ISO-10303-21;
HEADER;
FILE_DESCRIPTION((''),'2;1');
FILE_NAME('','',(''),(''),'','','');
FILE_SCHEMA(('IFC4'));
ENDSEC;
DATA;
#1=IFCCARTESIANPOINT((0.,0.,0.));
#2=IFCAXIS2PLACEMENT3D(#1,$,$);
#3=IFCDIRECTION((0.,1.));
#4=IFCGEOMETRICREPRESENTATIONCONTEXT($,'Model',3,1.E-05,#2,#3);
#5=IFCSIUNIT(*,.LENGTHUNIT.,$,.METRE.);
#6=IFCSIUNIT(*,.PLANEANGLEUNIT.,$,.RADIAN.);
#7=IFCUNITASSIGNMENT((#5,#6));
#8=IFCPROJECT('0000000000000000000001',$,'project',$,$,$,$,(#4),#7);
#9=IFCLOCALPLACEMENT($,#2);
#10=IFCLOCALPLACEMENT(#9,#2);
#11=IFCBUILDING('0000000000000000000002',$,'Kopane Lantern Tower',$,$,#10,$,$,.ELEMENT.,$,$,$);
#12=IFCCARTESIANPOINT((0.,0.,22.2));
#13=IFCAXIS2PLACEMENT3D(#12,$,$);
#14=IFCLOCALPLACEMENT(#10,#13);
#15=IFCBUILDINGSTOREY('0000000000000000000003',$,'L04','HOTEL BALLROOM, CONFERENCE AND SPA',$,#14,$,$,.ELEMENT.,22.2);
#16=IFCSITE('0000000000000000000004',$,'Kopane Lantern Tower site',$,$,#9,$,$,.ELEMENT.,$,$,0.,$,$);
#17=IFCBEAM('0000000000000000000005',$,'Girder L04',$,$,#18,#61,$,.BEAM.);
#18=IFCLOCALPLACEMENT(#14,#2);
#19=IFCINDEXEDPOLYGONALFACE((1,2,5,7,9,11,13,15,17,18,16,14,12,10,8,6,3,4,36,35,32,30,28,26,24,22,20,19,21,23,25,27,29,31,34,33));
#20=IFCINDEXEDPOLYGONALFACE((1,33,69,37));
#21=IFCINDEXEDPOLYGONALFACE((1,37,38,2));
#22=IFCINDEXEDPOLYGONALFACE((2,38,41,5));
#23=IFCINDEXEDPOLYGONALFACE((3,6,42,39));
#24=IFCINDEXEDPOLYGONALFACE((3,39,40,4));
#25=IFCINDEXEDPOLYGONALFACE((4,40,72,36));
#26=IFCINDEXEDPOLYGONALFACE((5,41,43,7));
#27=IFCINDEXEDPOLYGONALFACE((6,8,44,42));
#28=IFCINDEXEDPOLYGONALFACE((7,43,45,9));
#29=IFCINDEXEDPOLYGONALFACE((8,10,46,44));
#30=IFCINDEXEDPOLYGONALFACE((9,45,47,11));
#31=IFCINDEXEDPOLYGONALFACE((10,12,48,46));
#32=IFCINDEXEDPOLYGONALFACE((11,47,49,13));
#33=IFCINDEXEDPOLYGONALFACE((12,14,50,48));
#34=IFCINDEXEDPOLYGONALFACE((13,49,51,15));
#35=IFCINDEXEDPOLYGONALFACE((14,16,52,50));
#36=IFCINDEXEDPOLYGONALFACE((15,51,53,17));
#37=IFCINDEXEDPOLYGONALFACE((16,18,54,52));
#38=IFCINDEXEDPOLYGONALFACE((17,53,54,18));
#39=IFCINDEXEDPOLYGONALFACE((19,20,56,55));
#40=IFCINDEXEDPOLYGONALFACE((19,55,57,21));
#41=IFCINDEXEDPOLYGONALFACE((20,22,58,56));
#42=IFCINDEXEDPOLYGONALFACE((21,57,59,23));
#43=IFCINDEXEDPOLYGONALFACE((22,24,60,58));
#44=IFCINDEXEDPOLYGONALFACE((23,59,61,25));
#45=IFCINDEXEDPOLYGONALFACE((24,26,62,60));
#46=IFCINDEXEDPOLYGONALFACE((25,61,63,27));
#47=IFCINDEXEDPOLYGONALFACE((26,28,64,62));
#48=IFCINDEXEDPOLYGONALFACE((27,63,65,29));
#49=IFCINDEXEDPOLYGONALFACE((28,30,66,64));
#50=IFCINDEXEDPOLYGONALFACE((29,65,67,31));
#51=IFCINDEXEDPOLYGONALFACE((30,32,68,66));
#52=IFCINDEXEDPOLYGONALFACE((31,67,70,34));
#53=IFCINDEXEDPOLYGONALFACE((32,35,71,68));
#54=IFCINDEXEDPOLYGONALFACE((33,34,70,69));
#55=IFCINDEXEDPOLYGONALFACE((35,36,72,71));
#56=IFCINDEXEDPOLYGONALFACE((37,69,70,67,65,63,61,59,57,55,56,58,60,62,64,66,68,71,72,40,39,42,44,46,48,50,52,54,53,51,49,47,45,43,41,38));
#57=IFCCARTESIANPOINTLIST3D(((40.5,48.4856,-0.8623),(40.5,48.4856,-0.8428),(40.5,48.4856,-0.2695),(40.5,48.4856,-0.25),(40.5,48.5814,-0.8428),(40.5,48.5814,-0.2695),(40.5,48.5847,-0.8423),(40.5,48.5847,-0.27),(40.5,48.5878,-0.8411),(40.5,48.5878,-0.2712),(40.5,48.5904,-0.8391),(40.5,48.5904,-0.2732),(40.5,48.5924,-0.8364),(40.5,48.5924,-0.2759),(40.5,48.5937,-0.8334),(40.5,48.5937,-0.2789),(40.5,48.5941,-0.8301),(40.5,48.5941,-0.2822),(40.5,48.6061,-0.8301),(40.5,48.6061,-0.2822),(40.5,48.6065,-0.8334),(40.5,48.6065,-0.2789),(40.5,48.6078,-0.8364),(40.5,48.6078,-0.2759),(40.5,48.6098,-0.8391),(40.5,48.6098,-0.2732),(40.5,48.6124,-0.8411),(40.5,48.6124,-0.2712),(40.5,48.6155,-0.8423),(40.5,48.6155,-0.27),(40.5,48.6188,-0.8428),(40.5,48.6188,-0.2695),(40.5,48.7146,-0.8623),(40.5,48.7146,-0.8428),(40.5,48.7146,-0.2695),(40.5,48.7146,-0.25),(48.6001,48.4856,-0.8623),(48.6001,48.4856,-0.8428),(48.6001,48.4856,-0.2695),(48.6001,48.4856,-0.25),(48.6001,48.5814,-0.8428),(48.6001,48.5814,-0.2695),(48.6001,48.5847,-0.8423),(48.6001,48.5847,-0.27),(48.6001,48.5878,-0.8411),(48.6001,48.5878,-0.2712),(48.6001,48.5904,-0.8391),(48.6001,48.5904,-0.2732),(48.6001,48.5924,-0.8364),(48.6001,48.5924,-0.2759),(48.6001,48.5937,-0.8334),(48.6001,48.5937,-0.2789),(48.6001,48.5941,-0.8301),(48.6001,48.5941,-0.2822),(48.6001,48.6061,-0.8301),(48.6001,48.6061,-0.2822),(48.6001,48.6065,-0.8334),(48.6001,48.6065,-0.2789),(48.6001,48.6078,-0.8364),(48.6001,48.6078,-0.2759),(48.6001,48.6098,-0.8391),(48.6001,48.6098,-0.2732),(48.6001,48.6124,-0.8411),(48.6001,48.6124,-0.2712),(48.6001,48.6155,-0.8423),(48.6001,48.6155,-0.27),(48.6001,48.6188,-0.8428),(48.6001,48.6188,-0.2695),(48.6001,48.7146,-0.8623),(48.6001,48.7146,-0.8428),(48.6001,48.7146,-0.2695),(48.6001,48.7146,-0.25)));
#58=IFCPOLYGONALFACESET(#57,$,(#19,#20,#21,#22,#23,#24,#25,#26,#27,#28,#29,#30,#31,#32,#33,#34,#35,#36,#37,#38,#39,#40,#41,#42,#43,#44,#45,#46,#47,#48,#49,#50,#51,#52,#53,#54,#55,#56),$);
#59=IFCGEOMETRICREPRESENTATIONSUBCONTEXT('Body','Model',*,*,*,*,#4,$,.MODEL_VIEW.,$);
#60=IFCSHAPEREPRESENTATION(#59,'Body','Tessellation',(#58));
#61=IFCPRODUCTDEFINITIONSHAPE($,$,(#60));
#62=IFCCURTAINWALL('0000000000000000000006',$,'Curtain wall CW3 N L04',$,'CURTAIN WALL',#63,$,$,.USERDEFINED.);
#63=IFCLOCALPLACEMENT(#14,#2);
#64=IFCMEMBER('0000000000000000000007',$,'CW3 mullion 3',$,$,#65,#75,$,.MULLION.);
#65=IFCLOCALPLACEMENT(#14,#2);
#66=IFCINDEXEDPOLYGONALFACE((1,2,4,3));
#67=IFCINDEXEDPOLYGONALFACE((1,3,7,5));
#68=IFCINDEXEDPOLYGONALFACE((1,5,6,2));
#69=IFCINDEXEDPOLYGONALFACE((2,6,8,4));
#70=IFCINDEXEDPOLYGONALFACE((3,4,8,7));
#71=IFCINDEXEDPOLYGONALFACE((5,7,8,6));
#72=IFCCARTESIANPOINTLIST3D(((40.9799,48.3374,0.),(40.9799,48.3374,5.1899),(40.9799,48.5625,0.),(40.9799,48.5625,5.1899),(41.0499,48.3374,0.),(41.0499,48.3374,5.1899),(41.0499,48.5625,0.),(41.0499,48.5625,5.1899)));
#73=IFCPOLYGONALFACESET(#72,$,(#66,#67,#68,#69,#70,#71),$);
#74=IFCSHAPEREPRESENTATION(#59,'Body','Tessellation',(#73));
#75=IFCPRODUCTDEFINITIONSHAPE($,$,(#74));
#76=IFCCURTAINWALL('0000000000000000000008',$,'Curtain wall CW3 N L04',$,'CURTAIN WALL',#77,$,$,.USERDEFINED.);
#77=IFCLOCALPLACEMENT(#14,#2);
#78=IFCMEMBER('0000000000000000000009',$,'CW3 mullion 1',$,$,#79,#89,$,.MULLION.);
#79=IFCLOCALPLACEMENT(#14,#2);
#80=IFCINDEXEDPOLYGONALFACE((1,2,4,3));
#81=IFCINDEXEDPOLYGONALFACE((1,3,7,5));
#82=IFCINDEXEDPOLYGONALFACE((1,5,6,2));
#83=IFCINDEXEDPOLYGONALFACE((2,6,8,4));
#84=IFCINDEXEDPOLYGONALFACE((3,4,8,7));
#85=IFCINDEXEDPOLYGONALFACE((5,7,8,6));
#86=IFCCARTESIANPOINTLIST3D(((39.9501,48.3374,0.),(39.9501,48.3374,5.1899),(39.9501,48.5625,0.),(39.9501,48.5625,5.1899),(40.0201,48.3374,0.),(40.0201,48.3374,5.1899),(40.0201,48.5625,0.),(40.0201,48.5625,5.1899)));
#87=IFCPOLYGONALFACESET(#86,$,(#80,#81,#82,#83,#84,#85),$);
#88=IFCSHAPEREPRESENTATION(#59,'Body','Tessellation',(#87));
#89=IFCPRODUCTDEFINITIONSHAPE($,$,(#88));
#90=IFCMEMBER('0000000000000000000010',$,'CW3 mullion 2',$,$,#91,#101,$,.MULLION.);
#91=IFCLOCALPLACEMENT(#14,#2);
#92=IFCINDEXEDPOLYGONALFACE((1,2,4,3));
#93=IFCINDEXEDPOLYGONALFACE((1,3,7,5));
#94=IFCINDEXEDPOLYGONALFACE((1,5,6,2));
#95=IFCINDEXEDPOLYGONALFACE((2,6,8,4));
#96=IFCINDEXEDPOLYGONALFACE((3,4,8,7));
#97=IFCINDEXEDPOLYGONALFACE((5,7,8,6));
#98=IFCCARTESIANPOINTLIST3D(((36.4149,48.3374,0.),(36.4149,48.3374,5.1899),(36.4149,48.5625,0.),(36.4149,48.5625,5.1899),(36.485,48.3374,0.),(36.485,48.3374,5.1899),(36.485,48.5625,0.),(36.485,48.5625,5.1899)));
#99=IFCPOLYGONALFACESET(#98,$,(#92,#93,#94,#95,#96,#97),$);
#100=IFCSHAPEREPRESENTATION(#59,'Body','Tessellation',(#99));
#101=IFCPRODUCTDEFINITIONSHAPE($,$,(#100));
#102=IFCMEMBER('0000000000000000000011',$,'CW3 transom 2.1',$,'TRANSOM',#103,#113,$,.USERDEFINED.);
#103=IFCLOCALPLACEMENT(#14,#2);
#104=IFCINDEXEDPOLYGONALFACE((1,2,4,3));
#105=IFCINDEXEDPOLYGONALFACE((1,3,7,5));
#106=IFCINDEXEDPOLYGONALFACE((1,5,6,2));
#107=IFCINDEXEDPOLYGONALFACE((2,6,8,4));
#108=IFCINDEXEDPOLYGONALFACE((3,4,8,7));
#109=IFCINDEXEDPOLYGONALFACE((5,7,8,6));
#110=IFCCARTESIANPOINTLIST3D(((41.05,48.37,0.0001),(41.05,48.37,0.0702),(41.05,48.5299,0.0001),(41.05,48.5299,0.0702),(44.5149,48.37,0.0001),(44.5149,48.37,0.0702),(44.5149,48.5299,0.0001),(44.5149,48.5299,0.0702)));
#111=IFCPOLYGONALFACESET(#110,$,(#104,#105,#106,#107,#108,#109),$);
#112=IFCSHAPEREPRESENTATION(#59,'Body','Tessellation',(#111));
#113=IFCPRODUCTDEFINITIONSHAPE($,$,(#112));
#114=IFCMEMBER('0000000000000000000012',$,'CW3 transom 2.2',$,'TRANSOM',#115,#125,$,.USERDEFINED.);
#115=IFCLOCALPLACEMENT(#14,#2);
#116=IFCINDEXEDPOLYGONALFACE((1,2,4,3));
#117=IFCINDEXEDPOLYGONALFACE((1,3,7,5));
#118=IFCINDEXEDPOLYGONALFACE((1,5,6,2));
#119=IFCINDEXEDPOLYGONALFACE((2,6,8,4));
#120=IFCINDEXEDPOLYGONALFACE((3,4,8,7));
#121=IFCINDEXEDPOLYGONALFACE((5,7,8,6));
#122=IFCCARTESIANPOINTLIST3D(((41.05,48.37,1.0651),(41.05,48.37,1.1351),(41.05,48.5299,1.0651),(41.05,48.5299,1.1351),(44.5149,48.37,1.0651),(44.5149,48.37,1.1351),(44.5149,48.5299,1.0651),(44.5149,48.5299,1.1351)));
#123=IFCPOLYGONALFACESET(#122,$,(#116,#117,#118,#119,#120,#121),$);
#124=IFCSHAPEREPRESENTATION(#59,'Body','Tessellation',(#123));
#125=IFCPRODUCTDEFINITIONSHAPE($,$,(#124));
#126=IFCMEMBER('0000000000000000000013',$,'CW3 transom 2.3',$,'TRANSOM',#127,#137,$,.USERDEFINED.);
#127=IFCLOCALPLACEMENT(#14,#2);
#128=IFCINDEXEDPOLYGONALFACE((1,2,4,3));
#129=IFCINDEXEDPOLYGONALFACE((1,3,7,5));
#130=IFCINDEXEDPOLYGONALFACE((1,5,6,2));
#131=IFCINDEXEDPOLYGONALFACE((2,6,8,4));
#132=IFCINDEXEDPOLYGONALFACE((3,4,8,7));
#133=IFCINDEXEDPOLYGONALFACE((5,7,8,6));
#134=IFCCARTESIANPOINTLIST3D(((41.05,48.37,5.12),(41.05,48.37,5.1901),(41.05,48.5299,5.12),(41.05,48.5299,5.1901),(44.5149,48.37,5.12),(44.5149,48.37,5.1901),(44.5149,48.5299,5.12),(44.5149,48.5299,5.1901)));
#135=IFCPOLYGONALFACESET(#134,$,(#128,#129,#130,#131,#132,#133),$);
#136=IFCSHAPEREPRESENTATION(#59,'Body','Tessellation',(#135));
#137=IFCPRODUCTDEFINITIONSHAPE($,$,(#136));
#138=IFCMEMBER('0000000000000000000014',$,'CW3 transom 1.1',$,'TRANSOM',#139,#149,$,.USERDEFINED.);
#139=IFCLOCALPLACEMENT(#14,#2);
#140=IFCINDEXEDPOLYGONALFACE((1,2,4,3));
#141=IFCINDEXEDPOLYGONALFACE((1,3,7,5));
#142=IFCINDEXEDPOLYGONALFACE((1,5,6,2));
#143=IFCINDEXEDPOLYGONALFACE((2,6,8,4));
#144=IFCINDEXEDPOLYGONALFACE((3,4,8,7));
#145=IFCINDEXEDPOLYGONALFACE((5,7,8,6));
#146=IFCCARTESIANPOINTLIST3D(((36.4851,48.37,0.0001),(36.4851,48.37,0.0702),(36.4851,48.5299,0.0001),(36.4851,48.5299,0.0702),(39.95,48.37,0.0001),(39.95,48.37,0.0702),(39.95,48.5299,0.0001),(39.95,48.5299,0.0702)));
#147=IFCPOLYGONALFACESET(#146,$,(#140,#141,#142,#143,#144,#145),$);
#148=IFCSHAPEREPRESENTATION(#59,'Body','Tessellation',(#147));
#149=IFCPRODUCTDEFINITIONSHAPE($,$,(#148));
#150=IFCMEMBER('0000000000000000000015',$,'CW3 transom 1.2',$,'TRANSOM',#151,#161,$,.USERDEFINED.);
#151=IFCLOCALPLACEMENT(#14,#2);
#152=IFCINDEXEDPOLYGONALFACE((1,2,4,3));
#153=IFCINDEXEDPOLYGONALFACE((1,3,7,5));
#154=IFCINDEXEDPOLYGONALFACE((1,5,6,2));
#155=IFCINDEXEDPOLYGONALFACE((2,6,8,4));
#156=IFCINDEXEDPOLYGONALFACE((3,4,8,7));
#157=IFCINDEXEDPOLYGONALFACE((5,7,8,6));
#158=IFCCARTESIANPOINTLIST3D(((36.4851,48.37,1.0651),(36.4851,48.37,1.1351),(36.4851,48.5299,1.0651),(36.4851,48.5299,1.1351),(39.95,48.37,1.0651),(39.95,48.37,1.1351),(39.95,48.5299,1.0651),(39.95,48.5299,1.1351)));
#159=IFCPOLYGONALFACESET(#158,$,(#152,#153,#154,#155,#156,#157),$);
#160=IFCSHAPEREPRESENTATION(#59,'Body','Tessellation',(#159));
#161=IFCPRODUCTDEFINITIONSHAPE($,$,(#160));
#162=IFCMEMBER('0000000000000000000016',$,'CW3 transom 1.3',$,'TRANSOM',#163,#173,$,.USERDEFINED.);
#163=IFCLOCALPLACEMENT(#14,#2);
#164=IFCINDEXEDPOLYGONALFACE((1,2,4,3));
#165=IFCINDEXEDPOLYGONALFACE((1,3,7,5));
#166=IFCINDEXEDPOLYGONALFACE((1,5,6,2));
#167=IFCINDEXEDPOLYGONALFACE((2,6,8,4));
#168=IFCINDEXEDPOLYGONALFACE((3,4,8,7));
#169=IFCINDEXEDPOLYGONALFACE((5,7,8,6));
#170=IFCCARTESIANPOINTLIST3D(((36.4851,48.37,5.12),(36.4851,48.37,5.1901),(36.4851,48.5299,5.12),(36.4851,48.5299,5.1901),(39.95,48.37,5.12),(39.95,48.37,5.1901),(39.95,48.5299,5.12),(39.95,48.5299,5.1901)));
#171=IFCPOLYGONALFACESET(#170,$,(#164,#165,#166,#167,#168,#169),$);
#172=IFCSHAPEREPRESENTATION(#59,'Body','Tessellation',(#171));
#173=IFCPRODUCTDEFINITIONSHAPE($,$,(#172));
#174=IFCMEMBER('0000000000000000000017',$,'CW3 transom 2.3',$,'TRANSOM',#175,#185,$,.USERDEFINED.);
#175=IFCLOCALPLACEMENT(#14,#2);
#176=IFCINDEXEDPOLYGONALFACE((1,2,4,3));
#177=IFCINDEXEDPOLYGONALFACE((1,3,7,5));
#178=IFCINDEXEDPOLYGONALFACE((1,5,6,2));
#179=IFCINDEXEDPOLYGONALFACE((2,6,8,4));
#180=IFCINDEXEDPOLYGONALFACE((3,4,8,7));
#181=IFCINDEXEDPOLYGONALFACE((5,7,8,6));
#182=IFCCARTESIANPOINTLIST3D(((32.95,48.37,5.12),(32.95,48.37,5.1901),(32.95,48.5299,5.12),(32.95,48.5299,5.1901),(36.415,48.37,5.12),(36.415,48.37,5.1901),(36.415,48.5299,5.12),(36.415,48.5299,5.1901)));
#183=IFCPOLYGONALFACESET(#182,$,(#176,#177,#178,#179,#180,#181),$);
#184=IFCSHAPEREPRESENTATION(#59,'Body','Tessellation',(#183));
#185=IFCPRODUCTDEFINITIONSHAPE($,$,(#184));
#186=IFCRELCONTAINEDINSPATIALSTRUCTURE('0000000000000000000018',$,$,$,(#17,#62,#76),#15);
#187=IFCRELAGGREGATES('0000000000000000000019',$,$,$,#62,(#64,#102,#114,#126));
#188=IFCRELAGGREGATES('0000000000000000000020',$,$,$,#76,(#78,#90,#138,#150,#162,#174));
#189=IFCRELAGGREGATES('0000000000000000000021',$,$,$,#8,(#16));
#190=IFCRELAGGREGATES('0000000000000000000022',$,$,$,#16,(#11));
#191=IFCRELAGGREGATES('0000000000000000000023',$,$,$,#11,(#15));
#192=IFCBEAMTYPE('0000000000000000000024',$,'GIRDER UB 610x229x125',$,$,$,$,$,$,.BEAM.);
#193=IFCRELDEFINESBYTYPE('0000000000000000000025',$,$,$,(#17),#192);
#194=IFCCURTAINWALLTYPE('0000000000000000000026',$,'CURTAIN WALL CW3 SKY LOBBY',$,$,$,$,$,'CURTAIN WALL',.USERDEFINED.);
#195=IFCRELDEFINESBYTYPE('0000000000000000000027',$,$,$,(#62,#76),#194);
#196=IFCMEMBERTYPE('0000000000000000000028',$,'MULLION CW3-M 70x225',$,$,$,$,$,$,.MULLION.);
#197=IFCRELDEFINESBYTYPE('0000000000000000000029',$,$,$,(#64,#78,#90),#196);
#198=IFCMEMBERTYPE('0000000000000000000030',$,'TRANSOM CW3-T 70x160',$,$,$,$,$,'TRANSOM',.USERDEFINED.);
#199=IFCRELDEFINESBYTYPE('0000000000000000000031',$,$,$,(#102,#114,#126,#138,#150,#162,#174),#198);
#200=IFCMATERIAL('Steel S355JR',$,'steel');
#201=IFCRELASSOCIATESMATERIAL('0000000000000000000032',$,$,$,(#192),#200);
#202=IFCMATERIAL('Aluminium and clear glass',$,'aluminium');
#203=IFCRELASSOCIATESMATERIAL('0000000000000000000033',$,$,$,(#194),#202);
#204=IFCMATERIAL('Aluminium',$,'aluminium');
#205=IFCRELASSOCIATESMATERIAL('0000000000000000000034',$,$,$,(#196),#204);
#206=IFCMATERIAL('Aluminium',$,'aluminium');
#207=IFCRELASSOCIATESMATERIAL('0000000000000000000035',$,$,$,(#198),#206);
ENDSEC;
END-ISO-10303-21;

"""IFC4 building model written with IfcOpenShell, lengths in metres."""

from ifc_helpers import new_model, si_unit, direction, frame, origin, origin_2d, place, context, subcontext, project, spatial, rectangle, i_section, extrude, material, material_profile, profile_set, type_object, element, aggregate, save


model = new_model("IFC4")

# Units and contexts
model_context = context("Model", 3, precision=1e-05, world=origin(), true_north=direction((0.0, 1.0)))
body_context = subcontext(model_context, "Body", "Model", "MODEL_VIEW")
ifc_project = project(units=[si_unit("LENGTHUNIT", "METRE"), si_unit("PLANEANGLEUNIT", "RADIAN")], contexts=[model_context])

# Site, building, storey
site_placement = place(None, origin())
site = spatial("IfcSite", under=ifc_project, at=site_placement, Name="Kopane Lantern Tower site", CompositionType="ELEMENT", RefElevation=0.0)
building_placement = place(site_placement, origin())
building = spatial("IfcBuilding", under=site, at=building_placement, Name="Kopane Lantern Tower", CompositionType="ELEMENT")
storey_placement = place(building_placement, frame((0.0, 0.0, 22.2)))
storey = spatial("IfcBuildingStorey", under=building, at=storey_placement, Name="L04", Description="HOTEL BALLROOM, CONFERENCE AND SPA", CompositionType="ELEMENT", Elevation=22.2)

# Beam
ifc_material_1 = material(Name="Steel S355JR", Category="steel")
ifc_material_profile_1 = material_profile(ifc_material_1, i_section(OverallWidth=0.229, OverallDepth=0.6123, WebThickness=0.012, FlangeThickness=0.0195, FilletRadius=0.0127, at=origin_2d()), Name="UB 610x229x125")
ifc_profile_set_1 = profile_set([ifc_material_profile_1], Name="Steel S355JR")
beam_type = type_object("IfcBeamType", Name="GIRDER UB 610x229x125", PredefinedType="BEAM", material=ifc_profile_set_1)
for number, where, z_axis, x_axis, name in (
    (1, (40.5, 48.6001, -0.5562), (1.0, 0.0, 0.0), (0.0, 1.0, 0.0), "Girder L04"),
):
    element("IfcBeam", number, at=place(storey_placement, frame(where, z_axis=z_axis, x_axis=x_axis)), inside=storey, type_object=beam_type, Name=name, PredefinedType="BEAM", context=body_context, shape_type="SweptSolid", body=[
        extrude(i_section(OverallWidth=0.229, OverallDepth=0.6123, WebThickness=0.012, FlangeThickness=0.0195, FilletRadius=0.0127, at=origin_2d()), origin(), (0.0, 0.0, 1.0), 8.1001),
    ])

# Curtain wall, member
ifc_material_2 = material(Name="Aluminium and clear glass", Category="aluminium")
curtain_wall_type = type_object("IfcCurtainWallType", Name="CURTAIN WALL CW3 SKY LOBBY", ElementType="CURTAIN WALL", PredefinedType="USERDEFINED", material=ifc_material_2)
curtain_wall_1_placement = place(storey_placement, origin())
curtain_wall_1 = element("IfcCurtainWall", 2, at=curtain_wall_1_placement, inside=storey, type_object=curtain_wall_type, Name="Curtain wall CW3 N L04", ObjectType="CURTAIN WALL", PredefinedType="USERDEFINED")
ifc_material_3 = material(Name="Aluminium", Category="aluminium")
ifc_material_profile_2 = material_profile(ifc_material_3, rectangle(XDim=0.0701, YDim=0.2251, at=origin_2d()), Name="AL 70x225")
ifc_profile_set_2 = profile_set([ifc_material_profile_2], Name="Aluminium")
member_type_1 = type_object("IfcMemberType", Name="MULLION CW3-M 70x225", PredefinedType="MULLION", material=ifc_profile_set_2)
member_1_placement = place(storey_placement, frame((41.0149, 48.45, 0.0), z_axis=(0.0, 0.0, 1.0), x_axis=(-1.0, 0.0, 0.0)))
member_1 = element("IfcMember", 3, at=member_1_placement, type_object=member_type_1, Name="CW3 mullion 3", PredefinedType="MULLION", context=body_context, shape_type="SweptSolid", body=[
    extrude(rectangle(XDim=0.0701, YDim=0.2251, at=origin_2d()), origin(), (0.0, 0.0, 1.0), 5.1899),
])

# Curtain wall, members
curtain_wall_2_placement = place(storey_placement, origin())
curtain_wall_2 = element("IfcCurtainWall", 4, at=curtain_wall_2_placement, inside=storey, type_object=curtain_wall_type, Name="Curtain wall CW3 N L04", ObjectType="CURTAIN WALL", PredefinedType="USERDEFINED")
member_2_placement = place(storey_placement, frame((39.9851, 48.45, 0.0), z_axis=(0.0, 0.0, 1.0), x_axis=(-1.0, 0.0, 0.0)))
member_2 = element("IfcMember", 5, at=member_2_placement, type_object=member_type_1, Name="CW3 mullion 1", PredefinedType="MULLION", context=body_context, shape_type="SweptSolid", body=[
    extrude(rectangle(XDim=0.0701, YDim=0.2251, at=origin_2d()), origin(), (0.0, 0.0, 1.0), 5.1899),
])
member_3_placement = place(storey_placement, frame((36.45, 48.45, 0.0), z_axis=(0.0, 0.0, 1.0), x_axis=(-1.0, 0.0, 0.0)))
member_3 = element("IfcMember", 6, at=member_3_placement, type_object=member_type_1, Name="CW3 mullion 2", PredefinedType="MULLION", context=body_context, shape_type="SweptSolid", body=[
    extrude(rectangle(XDim=0.0701, YDim=0.2251, at=origin_2d()), origin(), (0.0, 0.0, 1.0), 5.1899),
])

# Members
ifc_material_4 = material(Name="Aluminium", Category="aluminium")
ifc_material_profile_3 = material_profile(ifc_material_4, rectangle(XDim=0.1599, YDim=0.0701, at=origin_2d()), Name="AL 160x70")
ifc_profile_set_3 = profile_set([ifc_material_profile_3], Name="Aluminium")
member_type_2 = type_object("IfcMemberType", Name="TRANSOM CW3-T 70x160", ElementType="TRANSOM", PredefinedType="USERDEFINED", material=ifc_profile_set_3)
member_4_placement = place(storey_placement, frame((44.5149, 48.45, 0.0352), z_axis=(-1.0, 0.0, 0.0), x_axis=(0.0, -1.0, 0.0)))
member_4 = element("IfcMember", 7, at=member_4_placement, type_object=member_type_2, Name="CW3 transom 2.1", ObjectType="TRANSOM", PredefinedType="USERDEFINED", context=body_context, shape_type="SweptSolid", body=[
    extrude(rectangle(XDim=0.1599, YDim=0.0701, at=origin_2d()), origin(), (0.0, 0.0, 1.0), 3.4648),
])
member_5_placement = place(storey_placement, frame((44.5149, 48.45, 1.1001), z_axis=(-1.0, 0.0, 0.0), x_axis=(0.0, -1.0, 0.0)))
member_5 = element("IfcMember", 8, at=member_5_placement, type_object=member_type_2, Name="CW3 transom 2.2", ObjectType="TRANSOM", PredefinedType="USERDEFINED", context=body_context, shape_type="SweptSolid", body=[
    extrude(rectangle(XDim=0.1599, YDim=0.0701, at=origin_2d()), origin(), (0.0, 0.0, 1.0), 3.4648),
])
member_6_placement = place(storey_placement, frame((44.5149, 48.45, 5.155), z_axis=(-1.0, 0.0, 0.0), x_axis=(0.0, -1.0, 0.0)))
member_6 = element("IfcMember", 9, at=member_6_placement, type_object=member_type_2, Name="CW3 transom 2.3", ObjectType="TRANSOM", PredefinedType="USERDEFINED", context=body_context, shape_type="SweptSolid", body=[
    extrude(rectangle(XDim=0.1599, YDim=0.0701, at=origin_2d()), origin(), (0.0, 0.0, 1.0), 3.4648),
])
member_7_placement = place(storey_placement, frame((39.95, 48.45, 0.0352), z_axis=(-1.0, 0.0, 0.0), x_axis=(0.0, -1.0, 0.0)))
member_7 = element("IfcMember", 10, at=member_7_placement, type_object=member_type_2, Name="CW3 transom 1.1", ObjectType="TRANSOM", PredefinedType="USERDEFINED", context=body_context, shape_type="SweptSolid", body=[
    extrude(rectangle(XDim=0.1599, YDim=0.0701, at=origin_2d()), origin(), (0.0, 0.0, 1.0), 3.4648),
])
member_8_placement = place(storey_placement, frame((39.95, 48.45, 1.1001), z_axis=(-1.0, 0.0, 0.0), x_axis=(0.0, -1.0, 0.0)))
member_8 = element("IfcMember", 11, at=member_8_placement, type_object=member_type_2, Name="CW3 transom 1.2", ObjectType="TRANSOM", PredefinedType="USERDEFINED", context=body_context, shape_type="SweptSolid", body=[
    extrude(rectangle(XDim=0.1599, YDim=0.0701, at=origin_2d()), origin(), (0.0, 0.0, 1.0), 3.4648),
])
member_9_placement = place(storey_placement, frame((39.95, 48.45, 5.155), z_axis=(-1.0, 0.0, 0.0), x_axis=(0.0, -1.0, 0.0)))
member_9 = element("IfcMember", 12, at=member_9_placement, type_object=member_type_2, Name="CW3 transom 1.3", ObjectType="TRANSOM", PredefinedType="USERDEFINED", context=body_context, shape_type="SweptSolid", body=[
    extrude(rectangle(XDim=0.1599, YDim=0.0701, at=origin_2d()), origin(), (0.0, 0.0, 1.0), 3.4648),
])
member_10_placement = place(storey_placement, frame((36.415, 48.45, 5.155), z_axis=(-1.0, 0.0, 0.0), x_axis=(0.0, -1.0, 0.0)))
member_10 = element("IfcMember", 13, at=member_10_placement, type_object=member_type_2, Name="CW3 transom 2.3", ObjectType="TRANSOM", PredefinedType="USERDEFINED", context=body_context, shape_type="SweptSolid", body=[
    extrude(rectangle(XDim=0.1599, YDim=0.0701, at=origin_2d()), origin(), (0.0, 0.0, 1.0), 3.4651),
])

aggregate(curtain_wall_1, [member_1, member_4, member_5, member_6])
aggregate(curtain_wall_2, [member_2, member_3, member_7, member_8, member_9, member_10])

save(model, "model.ifc")
